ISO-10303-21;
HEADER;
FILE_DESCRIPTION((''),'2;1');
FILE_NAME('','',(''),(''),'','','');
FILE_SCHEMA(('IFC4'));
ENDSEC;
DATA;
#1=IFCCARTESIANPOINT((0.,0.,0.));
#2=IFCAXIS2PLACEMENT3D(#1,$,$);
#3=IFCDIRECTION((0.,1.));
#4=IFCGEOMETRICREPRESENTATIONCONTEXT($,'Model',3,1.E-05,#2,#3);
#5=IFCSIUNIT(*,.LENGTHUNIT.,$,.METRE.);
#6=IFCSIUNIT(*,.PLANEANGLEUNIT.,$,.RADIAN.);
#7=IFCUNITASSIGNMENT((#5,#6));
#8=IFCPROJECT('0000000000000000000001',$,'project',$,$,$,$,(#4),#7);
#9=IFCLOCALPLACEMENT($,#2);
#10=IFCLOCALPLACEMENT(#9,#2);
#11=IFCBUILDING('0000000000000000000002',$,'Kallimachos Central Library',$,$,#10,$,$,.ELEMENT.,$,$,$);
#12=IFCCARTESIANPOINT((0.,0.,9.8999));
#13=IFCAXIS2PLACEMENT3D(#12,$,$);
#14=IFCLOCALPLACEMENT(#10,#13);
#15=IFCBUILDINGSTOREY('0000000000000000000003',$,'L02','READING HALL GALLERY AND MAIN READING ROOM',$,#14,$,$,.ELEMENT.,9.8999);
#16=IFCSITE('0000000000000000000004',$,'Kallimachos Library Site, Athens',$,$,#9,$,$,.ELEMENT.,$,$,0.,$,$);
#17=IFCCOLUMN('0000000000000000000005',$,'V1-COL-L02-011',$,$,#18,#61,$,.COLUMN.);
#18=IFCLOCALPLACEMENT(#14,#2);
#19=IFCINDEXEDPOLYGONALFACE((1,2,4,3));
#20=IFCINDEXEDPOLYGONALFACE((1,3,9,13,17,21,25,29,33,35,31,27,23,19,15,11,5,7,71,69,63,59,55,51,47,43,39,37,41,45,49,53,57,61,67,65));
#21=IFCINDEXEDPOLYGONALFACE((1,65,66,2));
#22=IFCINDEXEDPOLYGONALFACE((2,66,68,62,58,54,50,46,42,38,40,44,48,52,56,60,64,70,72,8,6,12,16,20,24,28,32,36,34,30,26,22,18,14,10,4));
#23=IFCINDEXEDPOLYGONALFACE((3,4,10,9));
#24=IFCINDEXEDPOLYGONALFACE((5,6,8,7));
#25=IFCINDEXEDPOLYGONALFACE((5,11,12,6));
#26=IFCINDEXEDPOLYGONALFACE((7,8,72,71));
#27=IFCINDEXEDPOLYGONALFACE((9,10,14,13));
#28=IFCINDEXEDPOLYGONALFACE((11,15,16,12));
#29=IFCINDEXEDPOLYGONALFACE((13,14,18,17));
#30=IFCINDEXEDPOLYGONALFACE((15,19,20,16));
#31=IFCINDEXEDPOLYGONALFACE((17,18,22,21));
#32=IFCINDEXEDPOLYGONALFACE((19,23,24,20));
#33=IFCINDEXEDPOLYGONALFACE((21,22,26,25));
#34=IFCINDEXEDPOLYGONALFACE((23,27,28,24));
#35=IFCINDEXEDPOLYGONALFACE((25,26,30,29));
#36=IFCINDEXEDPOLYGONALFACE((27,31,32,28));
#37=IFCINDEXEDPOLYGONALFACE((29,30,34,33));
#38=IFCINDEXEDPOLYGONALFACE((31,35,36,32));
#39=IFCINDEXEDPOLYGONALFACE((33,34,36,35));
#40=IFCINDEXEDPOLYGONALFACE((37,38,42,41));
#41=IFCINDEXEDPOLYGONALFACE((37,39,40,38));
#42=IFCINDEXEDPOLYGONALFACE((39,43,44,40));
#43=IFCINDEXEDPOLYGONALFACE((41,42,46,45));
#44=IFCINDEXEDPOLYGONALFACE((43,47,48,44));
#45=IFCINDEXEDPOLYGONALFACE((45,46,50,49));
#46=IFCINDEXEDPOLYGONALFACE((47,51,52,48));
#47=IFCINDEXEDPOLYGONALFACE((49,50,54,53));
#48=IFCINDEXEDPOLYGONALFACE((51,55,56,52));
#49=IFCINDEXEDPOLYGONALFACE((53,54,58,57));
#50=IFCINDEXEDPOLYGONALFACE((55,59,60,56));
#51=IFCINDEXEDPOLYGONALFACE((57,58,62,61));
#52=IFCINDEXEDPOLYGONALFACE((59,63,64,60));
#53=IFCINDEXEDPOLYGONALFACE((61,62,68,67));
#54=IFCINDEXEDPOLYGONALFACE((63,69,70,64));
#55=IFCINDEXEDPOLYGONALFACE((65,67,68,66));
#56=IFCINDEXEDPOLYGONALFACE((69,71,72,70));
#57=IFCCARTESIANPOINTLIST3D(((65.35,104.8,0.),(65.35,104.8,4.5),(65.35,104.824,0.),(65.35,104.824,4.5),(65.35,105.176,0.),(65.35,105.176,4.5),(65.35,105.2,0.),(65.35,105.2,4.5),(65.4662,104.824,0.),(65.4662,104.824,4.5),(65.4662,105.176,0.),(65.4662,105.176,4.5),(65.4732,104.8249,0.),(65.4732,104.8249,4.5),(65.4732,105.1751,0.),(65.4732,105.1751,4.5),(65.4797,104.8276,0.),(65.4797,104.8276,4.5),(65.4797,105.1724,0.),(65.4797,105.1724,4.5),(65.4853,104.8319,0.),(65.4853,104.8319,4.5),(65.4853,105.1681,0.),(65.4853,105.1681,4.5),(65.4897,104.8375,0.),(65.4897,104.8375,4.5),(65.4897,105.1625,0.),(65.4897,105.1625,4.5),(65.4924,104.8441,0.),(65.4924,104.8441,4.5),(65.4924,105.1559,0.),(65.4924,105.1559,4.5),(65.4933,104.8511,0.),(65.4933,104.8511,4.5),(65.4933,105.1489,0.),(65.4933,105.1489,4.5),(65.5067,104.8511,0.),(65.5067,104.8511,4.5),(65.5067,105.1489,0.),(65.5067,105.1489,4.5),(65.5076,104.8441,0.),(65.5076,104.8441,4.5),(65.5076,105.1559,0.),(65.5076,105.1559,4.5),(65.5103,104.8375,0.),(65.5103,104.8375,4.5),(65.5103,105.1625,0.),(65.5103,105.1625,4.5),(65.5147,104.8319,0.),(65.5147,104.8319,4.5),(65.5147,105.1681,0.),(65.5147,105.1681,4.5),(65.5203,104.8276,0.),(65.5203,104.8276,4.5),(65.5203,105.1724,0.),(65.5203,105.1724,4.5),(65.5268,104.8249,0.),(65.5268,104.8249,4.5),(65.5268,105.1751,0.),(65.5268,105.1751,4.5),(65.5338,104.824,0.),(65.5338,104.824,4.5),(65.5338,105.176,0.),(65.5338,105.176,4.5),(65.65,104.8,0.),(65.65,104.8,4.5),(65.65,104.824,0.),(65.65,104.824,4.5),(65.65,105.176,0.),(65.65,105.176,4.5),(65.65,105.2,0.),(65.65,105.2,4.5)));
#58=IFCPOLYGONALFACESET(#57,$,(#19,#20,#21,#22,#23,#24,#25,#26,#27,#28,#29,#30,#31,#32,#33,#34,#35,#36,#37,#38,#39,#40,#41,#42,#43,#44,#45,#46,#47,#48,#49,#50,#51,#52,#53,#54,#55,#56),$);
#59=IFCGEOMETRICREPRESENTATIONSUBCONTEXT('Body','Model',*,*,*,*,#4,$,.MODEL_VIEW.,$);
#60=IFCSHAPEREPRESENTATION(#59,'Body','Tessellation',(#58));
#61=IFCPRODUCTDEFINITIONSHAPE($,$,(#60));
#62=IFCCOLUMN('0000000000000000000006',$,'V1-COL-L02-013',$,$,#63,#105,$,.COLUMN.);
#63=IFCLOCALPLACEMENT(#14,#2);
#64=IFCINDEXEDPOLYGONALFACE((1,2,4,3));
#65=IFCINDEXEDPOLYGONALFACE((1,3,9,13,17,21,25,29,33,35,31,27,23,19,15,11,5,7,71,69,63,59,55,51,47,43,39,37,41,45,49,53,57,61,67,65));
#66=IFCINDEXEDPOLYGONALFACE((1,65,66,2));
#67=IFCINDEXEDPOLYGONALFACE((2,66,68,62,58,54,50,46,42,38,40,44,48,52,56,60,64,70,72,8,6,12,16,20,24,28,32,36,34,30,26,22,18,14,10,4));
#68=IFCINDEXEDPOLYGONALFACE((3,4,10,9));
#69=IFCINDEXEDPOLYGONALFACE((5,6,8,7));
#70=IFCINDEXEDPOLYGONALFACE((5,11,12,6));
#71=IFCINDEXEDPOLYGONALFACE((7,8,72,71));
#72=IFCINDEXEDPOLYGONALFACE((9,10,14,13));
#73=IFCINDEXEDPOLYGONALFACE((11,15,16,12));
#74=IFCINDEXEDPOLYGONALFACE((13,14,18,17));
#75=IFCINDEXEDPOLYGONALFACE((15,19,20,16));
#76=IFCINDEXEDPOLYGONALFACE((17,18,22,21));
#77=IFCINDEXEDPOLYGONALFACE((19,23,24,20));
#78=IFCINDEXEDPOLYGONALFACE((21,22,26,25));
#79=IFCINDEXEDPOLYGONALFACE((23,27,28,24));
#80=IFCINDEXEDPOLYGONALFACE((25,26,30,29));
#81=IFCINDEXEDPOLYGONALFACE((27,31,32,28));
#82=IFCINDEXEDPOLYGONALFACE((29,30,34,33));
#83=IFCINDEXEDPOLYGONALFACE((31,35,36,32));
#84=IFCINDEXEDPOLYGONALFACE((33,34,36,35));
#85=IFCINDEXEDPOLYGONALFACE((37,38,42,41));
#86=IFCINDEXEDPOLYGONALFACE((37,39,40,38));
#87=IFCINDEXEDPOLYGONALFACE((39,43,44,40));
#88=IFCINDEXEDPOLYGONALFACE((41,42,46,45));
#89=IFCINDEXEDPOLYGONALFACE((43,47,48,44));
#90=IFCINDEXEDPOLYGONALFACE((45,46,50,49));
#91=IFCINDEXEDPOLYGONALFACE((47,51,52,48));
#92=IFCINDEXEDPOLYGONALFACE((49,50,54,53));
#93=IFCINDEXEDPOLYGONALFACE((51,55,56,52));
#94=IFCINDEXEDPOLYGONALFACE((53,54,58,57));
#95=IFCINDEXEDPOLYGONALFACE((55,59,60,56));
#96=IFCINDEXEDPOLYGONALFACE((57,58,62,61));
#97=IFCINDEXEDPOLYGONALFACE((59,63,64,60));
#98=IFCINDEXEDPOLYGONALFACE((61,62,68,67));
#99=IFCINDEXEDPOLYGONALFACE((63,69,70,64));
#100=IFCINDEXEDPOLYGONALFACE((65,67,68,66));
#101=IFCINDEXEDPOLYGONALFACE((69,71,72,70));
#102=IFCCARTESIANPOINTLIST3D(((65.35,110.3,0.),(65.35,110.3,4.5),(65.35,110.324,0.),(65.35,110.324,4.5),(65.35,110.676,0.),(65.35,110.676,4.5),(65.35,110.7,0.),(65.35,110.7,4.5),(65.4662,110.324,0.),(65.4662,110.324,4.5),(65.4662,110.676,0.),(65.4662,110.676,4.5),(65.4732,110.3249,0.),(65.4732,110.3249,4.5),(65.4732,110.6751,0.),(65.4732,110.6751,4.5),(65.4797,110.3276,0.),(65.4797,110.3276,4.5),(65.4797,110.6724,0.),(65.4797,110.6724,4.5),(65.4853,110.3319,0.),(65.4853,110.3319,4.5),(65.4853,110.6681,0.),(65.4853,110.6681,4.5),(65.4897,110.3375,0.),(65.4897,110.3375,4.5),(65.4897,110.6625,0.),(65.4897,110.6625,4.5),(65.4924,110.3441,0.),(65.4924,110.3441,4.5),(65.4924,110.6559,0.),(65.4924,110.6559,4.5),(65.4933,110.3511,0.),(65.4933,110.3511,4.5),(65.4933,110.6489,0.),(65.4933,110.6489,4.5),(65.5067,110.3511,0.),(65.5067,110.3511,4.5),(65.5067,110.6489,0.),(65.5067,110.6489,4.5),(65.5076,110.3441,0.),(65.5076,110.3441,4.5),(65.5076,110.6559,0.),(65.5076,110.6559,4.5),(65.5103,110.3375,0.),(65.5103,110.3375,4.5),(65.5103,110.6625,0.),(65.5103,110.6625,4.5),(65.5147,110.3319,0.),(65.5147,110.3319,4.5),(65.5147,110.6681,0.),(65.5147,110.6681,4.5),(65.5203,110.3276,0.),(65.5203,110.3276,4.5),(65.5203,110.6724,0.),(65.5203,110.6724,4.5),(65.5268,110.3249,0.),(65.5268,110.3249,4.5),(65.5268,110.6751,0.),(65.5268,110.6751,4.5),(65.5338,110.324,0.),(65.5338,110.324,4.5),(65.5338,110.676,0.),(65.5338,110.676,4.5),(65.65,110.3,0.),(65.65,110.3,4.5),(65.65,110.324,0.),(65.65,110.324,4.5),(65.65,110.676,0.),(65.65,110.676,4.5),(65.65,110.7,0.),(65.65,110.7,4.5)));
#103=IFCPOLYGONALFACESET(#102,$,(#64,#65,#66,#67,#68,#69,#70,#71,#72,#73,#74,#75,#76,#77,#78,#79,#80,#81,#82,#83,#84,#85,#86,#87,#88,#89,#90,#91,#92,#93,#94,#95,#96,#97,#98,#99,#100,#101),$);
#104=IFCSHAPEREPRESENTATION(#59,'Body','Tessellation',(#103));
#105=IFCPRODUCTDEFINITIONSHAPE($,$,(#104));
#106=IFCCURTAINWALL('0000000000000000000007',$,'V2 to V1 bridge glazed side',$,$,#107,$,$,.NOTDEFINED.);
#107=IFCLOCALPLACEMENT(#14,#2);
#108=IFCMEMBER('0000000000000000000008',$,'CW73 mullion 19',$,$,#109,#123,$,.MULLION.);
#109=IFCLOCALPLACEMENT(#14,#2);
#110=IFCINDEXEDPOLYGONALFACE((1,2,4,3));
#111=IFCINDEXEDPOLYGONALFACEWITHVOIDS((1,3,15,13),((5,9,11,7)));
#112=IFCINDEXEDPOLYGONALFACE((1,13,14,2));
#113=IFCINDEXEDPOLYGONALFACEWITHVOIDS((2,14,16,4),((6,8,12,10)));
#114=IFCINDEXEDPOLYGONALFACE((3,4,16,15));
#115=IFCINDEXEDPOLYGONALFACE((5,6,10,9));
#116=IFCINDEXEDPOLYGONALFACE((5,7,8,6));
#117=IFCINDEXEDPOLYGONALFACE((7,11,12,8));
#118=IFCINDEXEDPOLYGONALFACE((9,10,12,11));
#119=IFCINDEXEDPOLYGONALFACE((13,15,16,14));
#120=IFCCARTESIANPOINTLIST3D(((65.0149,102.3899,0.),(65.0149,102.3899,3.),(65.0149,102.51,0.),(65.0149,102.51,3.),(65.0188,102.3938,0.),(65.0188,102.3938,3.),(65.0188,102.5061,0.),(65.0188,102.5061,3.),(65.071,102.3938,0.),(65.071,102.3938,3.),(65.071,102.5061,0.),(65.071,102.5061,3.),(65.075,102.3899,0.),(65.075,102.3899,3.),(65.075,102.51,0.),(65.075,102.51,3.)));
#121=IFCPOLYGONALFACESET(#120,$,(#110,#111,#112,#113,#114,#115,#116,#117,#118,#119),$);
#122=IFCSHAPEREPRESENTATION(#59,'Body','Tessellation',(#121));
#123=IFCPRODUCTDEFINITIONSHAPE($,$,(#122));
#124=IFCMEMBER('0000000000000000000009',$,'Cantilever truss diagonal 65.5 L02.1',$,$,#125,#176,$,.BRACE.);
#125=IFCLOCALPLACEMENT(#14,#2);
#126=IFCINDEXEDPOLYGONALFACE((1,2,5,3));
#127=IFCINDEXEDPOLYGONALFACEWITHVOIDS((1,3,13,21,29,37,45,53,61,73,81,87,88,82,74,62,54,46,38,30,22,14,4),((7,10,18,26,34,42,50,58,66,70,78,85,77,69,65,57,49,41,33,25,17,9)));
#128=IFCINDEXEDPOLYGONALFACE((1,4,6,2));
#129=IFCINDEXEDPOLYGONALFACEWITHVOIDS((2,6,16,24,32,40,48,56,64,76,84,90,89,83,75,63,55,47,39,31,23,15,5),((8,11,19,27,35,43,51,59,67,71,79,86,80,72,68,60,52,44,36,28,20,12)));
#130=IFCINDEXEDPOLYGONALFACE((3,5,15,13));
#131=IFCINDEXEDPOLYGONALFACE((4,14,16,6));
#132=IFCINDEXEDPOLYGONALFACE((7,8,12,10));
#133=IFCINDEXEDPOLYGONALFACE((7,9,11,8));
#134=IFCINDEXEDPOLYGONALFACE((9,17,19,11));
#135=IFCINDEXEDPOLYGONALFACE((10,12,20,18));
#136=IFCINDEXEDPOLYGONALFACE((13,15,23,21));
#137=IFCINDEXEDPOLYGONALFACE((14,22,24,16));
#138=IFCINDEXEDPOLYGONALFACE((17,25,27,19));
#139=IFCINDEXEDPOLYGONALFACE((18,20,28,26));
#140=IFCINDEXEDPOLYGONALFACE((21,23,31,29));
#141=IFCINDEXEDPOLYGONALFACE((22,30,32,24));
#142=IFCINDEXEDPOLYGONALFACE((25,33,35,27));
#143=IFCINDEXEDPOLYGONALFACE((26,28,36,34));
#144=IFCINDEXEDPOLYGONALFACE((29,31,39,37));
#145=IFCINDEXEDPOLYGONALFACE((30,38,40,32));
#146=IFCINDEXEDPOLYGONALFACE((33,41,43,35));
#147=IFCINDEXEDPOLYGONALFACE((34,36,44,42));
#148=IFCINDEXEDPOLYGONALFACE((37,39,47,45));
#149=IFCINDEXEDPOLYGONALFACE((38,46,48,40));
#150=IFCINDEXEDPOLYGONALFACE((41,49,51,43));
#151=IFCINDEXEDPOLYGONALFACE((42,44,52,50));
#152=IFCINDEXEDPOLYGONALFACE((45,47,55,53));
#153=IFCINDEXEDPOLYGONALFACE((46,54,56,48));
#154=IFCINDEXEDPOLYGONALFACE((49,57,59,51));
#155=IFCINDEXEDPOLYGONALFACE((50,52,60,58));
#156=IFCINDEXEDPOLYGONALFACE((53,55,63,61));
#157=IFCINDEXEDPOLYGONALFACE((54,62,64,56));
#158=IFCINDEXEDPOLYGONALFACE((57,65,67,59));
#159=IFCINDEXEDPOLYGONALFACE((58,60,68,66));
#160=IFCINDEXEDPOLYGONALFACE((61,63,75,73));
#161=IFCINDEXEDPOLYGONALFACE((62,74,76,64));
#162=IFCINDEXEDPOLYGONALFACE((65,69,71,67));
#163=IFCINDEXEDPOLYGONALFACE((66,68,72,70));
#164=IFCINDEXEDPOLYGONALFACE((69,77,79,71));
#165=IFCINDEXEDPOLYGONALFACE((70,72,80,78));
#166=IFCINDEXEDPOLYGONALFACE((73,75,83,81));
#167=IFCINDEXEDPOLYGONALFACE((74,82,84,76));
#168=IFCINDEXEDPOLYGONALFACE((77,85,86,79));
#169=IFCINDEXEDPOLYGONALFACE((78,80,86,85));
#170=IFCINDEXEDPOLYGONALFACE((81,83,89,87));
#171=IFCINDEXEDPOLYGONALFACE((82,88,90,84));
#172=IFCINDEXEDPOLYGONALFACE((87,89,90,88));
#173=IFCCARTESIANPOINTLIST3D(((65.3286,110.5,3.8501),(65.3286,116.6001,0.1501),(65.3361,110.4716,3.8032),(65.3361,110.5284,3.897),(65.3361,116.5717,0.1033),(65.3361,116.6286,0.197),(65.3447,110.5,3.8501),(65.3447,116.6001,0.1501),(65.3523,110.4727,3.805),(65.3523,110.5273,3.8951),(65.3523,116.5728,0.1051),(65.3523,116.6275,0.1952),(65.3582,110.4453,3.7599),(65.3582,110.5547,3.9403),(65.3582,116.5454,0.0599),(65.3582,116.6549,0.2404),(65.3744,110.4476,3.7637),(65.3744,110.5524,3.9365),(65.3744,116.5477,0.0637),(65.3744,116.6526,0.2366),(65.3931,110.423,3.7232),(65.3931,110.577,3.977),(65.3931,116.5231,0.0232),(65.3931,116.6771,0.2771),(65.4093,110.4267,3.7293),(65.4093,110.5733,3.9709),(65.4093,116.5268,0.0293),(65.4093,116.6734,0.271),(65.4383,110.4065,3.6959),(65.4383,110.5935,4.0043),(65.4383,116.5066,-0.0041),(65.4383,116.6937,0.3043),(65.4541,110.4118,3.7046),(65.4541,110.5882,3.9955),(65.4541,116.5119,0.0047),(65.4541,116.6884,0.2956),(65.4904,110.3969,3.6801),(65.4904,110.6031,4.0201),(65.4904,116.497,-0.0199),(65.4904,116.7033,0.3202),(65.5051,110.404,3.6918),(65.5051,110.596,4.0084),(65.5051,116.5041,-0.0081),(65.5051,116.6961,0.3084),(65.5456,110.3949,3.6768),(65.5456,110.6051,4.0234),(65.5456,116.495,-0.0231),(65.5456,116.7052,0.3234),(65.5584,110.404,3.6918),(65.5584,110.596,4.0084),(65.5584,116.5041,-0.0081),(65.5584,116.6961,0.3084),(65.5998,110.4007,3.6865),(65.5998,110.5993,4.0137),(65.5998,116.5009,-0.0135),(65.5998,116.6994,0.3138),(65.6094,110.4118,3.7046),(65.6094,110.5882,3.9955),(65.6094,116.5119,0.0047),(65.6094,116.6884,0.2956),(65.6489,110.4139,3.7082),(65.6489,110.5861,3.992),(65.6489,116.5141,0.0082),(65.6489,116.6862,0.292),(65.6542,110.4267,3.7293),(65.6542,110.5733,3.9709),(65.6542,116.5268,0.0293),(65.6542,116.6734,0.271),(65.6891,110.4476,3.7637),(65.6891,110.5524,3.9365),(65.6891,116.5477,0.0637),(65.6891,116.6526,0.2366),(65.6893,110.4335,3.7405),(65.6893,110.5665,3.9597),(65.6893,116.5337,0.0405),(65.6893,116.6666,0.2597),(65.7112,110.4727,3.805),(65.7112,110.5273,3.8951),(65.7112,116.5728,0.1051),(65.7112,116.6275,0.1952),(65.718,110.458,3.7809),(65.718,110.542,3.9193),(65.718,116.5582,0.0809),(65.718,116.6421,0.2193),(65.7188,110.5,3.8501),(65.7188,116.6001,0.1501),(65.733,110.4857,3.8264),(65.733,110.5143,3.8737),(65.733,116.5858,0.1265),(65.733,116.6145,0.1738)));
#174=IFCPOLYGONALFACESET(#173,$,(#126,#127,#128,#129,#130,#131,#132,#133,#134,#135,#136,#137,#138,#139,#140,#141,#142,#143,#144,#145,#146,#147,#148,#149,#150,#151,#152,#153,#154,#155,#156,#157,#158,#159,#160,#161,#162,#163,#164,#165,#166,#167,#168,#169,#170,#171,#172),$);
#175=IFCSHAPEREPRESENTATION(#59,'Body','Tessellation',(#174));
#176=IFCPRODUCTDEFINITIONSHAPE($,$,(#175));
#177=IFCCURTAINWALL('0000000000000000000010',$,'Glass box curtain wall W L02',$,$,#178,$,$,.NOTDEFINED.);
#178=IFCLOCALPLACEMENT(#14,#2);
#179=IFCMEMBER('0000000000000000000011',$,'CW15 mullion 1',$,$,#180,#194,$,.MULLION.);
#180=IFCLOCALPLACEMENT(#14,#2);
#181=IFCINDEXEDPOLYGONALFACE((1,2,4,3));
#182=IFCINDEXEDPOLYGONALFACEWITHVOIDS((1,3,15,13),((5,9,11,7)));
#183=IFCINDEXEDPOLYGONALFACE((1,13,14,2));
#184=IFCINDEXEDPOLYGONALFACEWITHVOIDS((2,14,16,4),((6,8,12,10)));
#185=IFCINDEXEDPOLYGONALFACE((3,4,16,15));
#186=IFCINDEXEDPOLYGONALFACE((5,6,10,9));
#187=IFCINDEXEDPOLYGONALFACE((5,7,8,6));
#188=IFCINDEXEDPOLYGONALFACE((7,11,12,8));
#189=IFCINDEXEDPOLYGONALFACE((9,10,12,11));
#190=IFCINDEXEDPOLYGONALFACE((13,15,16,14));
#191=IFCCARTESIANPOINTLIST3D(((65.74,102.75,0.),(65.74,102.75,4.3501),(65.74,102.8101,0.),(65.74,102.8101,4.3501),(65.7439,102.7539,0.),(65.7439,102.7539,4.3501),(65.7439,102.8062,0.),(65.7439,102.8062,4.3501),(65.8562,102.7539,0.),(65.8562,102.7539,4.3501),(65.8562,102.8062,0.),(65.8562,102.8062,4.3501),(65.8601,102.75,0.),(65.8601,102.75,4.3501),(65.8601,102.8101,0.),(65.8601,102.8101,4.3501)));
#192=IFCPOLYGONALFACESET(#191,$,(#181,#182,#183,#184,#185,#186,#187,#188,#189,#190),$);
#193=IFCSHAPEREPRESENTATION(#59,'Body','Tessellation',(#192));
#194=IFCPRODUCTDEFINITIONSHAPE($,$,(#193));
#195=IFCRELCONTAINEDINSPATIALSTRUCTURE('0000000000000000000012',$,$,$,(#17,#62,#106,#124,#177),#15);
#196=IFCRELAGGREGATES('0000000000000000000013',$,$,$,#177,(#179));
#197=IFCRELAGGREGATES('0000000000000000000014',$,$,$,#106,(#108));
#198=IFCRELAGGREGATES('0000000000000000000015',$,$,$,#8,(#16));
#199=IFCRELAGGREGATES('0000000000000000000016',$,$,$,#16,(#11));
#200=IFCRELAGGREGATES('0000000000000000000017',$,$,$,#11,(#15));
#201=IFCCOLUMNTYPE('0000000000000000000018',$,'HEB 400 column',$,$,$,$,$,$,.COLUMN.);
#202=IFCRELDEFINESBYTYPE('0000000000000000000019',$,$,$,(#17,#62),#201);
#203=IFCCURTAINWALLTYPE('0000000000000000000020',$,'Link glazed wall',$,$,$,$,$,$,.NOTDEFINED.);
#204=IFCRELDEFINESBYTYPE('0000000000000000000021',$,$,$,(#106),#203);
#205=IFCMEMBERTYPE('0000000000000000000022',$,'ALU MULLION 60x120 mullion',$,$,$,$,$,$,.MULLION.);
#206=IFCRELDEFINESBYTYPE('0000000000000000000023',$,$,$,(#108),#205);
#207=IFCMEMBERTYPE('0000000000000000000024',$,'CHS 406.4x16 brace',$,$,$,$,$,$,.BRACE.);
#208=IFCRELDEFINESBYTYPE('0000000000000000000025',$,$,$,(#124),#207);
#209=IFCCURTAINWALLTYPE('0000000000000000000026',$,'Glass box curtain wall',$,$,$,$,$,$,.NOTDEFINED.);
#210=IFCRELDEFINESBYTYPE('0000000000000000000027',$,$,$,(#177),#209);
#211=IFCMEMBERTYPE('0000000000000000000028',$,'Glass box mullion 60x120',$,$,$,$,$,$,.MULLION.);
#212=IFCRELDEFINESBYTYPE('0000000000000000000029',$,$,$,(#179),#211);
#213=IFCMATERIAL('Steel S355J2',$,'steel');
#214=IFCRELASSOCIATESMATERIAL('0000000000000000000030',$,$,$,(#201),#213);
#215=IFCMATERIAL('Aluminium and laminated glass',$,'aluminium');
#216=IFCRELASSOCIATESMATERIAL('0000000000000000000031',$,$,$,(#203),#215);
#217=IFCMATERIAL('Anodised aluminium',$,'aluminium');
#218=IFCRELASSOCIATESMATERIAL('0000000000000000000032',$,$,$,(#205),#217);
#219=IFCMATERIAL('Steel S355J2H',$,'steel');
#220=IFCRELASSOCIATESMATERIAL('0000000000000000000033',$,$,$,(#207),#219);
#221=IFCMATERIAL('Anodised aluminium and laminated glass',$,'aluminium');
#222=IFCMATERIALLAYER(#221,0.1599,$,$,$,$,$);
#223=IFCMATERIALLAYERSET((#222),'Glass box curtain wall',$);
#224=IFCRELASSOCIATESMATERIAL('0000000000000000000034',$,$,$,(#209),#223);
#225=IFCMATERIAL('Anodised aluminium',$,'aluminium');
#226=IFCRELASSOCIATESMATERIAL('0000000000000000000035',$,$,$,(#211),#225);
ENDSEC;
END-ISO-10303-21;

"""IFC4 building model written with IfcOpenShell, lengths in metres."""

from ifc_helpers import new_model, si_unit, direction, frame, origin, origin_2d, place, context, subcontext, project, spatial, hollow_rectangle, hollow_circle, i_section, extrude, material, layer, layer_set, material_profile, profile_set, type_object, element, aggregate, save


model = new_model("IFC4")

# Units and contexts
model_context = context("Model", 3, precision=1e-05, world=origin(), true_north=direction((0.0, 1.0)))
body_context = subcontext(model_context, "Body", "Model", "MODEL_VIEW")
ifc_project = project(units=[si_unit("LENGTHUNIT", "METRE"), si_unit("PLANEANGLEUNIT", "RADIAN")], contexts=[model_context])

# Site, building, storey
site_placement = place(None, origin())
site = spatial("IfcSite", under=ifc_project, at=site_placement, Name="Kallimachos Library Site, Athens", CompositionType="ELEMENT", RefElevation=0.0)
building_placement = place(site_placement, origin())
building = spatial("IfcBuilding", under=site, at=building_placement, Name="Kallimachos Central Library", CompositionType="ELEMENT")
storey_placement = place(building_placement, frame((0.0, 0.0, 9.8999)))
storey = spatial("IfcBuildingStorey", under=building, at=storey_placement, Name="L02", Description="READING HALL GALLERY AND MAIN READING ROOM", CompositionType="ELEMENT", Elevation=9.8999)

# Columns
ifc_material_1 = material(Name="Steel S355J2", Category="steel")
ifc_material_profile_1 = material_profile(ifc_material_1, i_section(OverallWidth=0.3, OverallDepth=0.3999, WebThickness=0.0134, FlangeThickness=0.0239, FilletRadius=0.0271, at=origin_2d()), Name="HEB 400")
ifc_profile_set_1 = profile_set([ifc_material_profile_1], Name="Steel S355J2")
column_type = type_object("IfcColumnType", Name="HEB 400 column", PredefinedType="COLUMN", material=ifc_profile_set_1)
for number, where, z_axis, x_axis, name in (
    (1, (65.5, 105.0, 0.0), (0.0, 0.0, 1.0), (1.0, 0.0, 0.0), "V1-COL-L02-011"),
    (2, (65.5, 110.5, 0.0), (0.0, 0.0, 1.0), (1.0, 0.0, 0.0), "V1-COL-L02-013"),
):
    element("IfcColumn", number, at=place(storey_placement, frame(where, z_axis=z_axis, x_axis=x_axis)), inside=storey, type_object=column_type, Name=name, PredefinedType="COLUMN", context=body_context, shape_type="SweptSolid", body=[
        extrude(i_section(OverallWidth=0.3, OverallDepth=0.3999, WebThickness=0.0134, FlangeThickness=0.0239, FilletRadius=0.0271, at=origin_2d()), origin(), (0.0, 0.0, 1.0), 4.5),
    ])

# Curtain wall, member
ifc_material_2 = material(Name="Aluminium and laminated glass", Category="aluminium")
curtain_wall_type_1 = type_object("IfcCurtainWallType", Name="Link glazed wall", PredefinedType="NOTDEFINED", material=ifc_material_2)
curtain_wall_1_placement = place(storey_placement, origin())
curtain_wall_1 = element("IfcCurtainWall", 3, at=curtain_wall_1_placement, inside=storey, type_object=curtain_wall_type_1, Name="V2 to V1 bridge glazed side", PredefinedType="NOTDEFINED")
ifc_material_3 = material(Name="Anodised aluminium", Category="aluminium")
ifc_material_profile_2 = material_profile(ifc_material_3, hollow_rectangle(XDim=0.0601, YDim=0.1201, WallThickness=0.0039, at=origin_2d()), Name="ALU MULLION 60x120")
ifc_profile_set_2 = profile_set([ifc_material_profile_2], Name="Anodised aluminium")
member_type_1 = type_object("IfcMemberType", Name="ALU MULLION 60x120 mullion", PredefinedType="MULLION", material=ifc_profile_set_2)
member_1_placement = place(storey_placement, frame((65.0449, 102.45, 0.0), z_axis=(0.0, 0.0, 1.0), x_axis=(1.0, 0.0, 0.0)))
member_1 = element("IfcMember", 4, at=member_1_placement, type_object=member_type_1, Name="CW73 mullion 19", PredefinedType="MULLION", context=body_context, shape_type="SweptSolid", body=[
    extrude(hollow_rectangle(XDim=0.0601, YDim=0.1201, WallThickness=0.0039, at=origin_2d()), origin(), (0.0, 0.0, 1.0), 3.0),
])

# Member
ifc_material_4 = material(Name="Steel S355J2H", Category="steel")
ifc_material_profile_3 = material_profile(ifc_material_4, hollow_circle(Radius=0.2031, WallThickness=0.0161, at=origin_2d()), Name="CHS 406.4x16")
ifc_profile_set_3 = profile_set([ifc_material_profile_3], Name="Steel S355J2H")
member_type_2 = type_object("IfcMemberType", Name="CHS 406.4x16 brace", PredefinedType="BRACE", material=ifc_profile_set_3)
member_2_placement = place(storey_placement, frame((65.5317, 110.5, 3.8501), z_axis=(0.0, 0.855016, -0.518601), x_axis=(-1.0, 0.0, 0.0)))
element("IfcMember", 5, at=member_2_placement, inside=storey, type_object=member_type_2, Name="Cantilever truss diagonal 65.5 L02.1", PredefinedType="BRACE", context=body_context, shape_type="SweptSolid", body=[
    extrude(hollow_circle(Radius=0.2031, WallThickness=0.0161, at=origin_2d()), origin(), (0.0, 0.0, 1.0), 7.1345),
])

# Curtain wall, member
ifc_material_5 = material(Name="Anodised aluminium and laminated glass", Category="aluminium")
ifc_layer_1 = layer(ifc_material_5, 0.1599)
ifc_layer_set_1 = layer_set([ifc_layer_1], Name="Glass box curtain wall")
curtain_wall_type_2 = type_object("IfcCurtainWallType", Name="Glass box curtain wall", PredefinedType="NOTDEFINED", material=ifc_layer_set_1)
curtain_wall_2_placement = place(storey_placement, origin())
curtain_wall_2 = element("IfcCurtainWall", 6, at=curtain_wall_2_placement, inside=storey, type_object=curtain_wall_type_2, Name="Glass box curtain wall W L02", PredefinedType="NOTDEFINED")
ifc_material_6 = material(Name="Anodised aluminium", Category="aluminium")
ifc_material_profile_4 = material_profile(ifc_material_6, hollow_rectangle(XDim=0.0601, YDim=0.1201, WallThickness=0.0039, at=origin_2d()), Name="ALU MULLION 60x120")
ifc_profile_set_4 = profile_set([ifc_material_profile_4], Name="Anodised aluminium")
member_type_3 = type_object("IfcMemberType", Name="Glass box mullion 60x120", PredefinedType="MULLION", material=ifc_profile_set_4)
member_3_placement = place(storey_placement, frame((65.8, 102.78, 0.0), z_axis=(0.0, 0.0, 1.0), x_axis=(0.0, 1.0, 0.0)))
member_3 = element("IfcMember", 7, at=member_3_placement, type_object=member_type_3, Name="CW15 mullion 1", PredefinedType="MULLION", context=body_context, shape_type="SweptSolid", body=[
    extrude(hollow_rectangle(XDim=0.0601, YDim=0.1201, WallThickness=0.0039, at=origin_2d()), origin(), (0.0, 0.0, 1.0), 4.3501),
])
aggregate(curtain_wall_2, [member_3])

aggregate(curtain_wall_1, [member_1])

save(model, "model.ifc")
